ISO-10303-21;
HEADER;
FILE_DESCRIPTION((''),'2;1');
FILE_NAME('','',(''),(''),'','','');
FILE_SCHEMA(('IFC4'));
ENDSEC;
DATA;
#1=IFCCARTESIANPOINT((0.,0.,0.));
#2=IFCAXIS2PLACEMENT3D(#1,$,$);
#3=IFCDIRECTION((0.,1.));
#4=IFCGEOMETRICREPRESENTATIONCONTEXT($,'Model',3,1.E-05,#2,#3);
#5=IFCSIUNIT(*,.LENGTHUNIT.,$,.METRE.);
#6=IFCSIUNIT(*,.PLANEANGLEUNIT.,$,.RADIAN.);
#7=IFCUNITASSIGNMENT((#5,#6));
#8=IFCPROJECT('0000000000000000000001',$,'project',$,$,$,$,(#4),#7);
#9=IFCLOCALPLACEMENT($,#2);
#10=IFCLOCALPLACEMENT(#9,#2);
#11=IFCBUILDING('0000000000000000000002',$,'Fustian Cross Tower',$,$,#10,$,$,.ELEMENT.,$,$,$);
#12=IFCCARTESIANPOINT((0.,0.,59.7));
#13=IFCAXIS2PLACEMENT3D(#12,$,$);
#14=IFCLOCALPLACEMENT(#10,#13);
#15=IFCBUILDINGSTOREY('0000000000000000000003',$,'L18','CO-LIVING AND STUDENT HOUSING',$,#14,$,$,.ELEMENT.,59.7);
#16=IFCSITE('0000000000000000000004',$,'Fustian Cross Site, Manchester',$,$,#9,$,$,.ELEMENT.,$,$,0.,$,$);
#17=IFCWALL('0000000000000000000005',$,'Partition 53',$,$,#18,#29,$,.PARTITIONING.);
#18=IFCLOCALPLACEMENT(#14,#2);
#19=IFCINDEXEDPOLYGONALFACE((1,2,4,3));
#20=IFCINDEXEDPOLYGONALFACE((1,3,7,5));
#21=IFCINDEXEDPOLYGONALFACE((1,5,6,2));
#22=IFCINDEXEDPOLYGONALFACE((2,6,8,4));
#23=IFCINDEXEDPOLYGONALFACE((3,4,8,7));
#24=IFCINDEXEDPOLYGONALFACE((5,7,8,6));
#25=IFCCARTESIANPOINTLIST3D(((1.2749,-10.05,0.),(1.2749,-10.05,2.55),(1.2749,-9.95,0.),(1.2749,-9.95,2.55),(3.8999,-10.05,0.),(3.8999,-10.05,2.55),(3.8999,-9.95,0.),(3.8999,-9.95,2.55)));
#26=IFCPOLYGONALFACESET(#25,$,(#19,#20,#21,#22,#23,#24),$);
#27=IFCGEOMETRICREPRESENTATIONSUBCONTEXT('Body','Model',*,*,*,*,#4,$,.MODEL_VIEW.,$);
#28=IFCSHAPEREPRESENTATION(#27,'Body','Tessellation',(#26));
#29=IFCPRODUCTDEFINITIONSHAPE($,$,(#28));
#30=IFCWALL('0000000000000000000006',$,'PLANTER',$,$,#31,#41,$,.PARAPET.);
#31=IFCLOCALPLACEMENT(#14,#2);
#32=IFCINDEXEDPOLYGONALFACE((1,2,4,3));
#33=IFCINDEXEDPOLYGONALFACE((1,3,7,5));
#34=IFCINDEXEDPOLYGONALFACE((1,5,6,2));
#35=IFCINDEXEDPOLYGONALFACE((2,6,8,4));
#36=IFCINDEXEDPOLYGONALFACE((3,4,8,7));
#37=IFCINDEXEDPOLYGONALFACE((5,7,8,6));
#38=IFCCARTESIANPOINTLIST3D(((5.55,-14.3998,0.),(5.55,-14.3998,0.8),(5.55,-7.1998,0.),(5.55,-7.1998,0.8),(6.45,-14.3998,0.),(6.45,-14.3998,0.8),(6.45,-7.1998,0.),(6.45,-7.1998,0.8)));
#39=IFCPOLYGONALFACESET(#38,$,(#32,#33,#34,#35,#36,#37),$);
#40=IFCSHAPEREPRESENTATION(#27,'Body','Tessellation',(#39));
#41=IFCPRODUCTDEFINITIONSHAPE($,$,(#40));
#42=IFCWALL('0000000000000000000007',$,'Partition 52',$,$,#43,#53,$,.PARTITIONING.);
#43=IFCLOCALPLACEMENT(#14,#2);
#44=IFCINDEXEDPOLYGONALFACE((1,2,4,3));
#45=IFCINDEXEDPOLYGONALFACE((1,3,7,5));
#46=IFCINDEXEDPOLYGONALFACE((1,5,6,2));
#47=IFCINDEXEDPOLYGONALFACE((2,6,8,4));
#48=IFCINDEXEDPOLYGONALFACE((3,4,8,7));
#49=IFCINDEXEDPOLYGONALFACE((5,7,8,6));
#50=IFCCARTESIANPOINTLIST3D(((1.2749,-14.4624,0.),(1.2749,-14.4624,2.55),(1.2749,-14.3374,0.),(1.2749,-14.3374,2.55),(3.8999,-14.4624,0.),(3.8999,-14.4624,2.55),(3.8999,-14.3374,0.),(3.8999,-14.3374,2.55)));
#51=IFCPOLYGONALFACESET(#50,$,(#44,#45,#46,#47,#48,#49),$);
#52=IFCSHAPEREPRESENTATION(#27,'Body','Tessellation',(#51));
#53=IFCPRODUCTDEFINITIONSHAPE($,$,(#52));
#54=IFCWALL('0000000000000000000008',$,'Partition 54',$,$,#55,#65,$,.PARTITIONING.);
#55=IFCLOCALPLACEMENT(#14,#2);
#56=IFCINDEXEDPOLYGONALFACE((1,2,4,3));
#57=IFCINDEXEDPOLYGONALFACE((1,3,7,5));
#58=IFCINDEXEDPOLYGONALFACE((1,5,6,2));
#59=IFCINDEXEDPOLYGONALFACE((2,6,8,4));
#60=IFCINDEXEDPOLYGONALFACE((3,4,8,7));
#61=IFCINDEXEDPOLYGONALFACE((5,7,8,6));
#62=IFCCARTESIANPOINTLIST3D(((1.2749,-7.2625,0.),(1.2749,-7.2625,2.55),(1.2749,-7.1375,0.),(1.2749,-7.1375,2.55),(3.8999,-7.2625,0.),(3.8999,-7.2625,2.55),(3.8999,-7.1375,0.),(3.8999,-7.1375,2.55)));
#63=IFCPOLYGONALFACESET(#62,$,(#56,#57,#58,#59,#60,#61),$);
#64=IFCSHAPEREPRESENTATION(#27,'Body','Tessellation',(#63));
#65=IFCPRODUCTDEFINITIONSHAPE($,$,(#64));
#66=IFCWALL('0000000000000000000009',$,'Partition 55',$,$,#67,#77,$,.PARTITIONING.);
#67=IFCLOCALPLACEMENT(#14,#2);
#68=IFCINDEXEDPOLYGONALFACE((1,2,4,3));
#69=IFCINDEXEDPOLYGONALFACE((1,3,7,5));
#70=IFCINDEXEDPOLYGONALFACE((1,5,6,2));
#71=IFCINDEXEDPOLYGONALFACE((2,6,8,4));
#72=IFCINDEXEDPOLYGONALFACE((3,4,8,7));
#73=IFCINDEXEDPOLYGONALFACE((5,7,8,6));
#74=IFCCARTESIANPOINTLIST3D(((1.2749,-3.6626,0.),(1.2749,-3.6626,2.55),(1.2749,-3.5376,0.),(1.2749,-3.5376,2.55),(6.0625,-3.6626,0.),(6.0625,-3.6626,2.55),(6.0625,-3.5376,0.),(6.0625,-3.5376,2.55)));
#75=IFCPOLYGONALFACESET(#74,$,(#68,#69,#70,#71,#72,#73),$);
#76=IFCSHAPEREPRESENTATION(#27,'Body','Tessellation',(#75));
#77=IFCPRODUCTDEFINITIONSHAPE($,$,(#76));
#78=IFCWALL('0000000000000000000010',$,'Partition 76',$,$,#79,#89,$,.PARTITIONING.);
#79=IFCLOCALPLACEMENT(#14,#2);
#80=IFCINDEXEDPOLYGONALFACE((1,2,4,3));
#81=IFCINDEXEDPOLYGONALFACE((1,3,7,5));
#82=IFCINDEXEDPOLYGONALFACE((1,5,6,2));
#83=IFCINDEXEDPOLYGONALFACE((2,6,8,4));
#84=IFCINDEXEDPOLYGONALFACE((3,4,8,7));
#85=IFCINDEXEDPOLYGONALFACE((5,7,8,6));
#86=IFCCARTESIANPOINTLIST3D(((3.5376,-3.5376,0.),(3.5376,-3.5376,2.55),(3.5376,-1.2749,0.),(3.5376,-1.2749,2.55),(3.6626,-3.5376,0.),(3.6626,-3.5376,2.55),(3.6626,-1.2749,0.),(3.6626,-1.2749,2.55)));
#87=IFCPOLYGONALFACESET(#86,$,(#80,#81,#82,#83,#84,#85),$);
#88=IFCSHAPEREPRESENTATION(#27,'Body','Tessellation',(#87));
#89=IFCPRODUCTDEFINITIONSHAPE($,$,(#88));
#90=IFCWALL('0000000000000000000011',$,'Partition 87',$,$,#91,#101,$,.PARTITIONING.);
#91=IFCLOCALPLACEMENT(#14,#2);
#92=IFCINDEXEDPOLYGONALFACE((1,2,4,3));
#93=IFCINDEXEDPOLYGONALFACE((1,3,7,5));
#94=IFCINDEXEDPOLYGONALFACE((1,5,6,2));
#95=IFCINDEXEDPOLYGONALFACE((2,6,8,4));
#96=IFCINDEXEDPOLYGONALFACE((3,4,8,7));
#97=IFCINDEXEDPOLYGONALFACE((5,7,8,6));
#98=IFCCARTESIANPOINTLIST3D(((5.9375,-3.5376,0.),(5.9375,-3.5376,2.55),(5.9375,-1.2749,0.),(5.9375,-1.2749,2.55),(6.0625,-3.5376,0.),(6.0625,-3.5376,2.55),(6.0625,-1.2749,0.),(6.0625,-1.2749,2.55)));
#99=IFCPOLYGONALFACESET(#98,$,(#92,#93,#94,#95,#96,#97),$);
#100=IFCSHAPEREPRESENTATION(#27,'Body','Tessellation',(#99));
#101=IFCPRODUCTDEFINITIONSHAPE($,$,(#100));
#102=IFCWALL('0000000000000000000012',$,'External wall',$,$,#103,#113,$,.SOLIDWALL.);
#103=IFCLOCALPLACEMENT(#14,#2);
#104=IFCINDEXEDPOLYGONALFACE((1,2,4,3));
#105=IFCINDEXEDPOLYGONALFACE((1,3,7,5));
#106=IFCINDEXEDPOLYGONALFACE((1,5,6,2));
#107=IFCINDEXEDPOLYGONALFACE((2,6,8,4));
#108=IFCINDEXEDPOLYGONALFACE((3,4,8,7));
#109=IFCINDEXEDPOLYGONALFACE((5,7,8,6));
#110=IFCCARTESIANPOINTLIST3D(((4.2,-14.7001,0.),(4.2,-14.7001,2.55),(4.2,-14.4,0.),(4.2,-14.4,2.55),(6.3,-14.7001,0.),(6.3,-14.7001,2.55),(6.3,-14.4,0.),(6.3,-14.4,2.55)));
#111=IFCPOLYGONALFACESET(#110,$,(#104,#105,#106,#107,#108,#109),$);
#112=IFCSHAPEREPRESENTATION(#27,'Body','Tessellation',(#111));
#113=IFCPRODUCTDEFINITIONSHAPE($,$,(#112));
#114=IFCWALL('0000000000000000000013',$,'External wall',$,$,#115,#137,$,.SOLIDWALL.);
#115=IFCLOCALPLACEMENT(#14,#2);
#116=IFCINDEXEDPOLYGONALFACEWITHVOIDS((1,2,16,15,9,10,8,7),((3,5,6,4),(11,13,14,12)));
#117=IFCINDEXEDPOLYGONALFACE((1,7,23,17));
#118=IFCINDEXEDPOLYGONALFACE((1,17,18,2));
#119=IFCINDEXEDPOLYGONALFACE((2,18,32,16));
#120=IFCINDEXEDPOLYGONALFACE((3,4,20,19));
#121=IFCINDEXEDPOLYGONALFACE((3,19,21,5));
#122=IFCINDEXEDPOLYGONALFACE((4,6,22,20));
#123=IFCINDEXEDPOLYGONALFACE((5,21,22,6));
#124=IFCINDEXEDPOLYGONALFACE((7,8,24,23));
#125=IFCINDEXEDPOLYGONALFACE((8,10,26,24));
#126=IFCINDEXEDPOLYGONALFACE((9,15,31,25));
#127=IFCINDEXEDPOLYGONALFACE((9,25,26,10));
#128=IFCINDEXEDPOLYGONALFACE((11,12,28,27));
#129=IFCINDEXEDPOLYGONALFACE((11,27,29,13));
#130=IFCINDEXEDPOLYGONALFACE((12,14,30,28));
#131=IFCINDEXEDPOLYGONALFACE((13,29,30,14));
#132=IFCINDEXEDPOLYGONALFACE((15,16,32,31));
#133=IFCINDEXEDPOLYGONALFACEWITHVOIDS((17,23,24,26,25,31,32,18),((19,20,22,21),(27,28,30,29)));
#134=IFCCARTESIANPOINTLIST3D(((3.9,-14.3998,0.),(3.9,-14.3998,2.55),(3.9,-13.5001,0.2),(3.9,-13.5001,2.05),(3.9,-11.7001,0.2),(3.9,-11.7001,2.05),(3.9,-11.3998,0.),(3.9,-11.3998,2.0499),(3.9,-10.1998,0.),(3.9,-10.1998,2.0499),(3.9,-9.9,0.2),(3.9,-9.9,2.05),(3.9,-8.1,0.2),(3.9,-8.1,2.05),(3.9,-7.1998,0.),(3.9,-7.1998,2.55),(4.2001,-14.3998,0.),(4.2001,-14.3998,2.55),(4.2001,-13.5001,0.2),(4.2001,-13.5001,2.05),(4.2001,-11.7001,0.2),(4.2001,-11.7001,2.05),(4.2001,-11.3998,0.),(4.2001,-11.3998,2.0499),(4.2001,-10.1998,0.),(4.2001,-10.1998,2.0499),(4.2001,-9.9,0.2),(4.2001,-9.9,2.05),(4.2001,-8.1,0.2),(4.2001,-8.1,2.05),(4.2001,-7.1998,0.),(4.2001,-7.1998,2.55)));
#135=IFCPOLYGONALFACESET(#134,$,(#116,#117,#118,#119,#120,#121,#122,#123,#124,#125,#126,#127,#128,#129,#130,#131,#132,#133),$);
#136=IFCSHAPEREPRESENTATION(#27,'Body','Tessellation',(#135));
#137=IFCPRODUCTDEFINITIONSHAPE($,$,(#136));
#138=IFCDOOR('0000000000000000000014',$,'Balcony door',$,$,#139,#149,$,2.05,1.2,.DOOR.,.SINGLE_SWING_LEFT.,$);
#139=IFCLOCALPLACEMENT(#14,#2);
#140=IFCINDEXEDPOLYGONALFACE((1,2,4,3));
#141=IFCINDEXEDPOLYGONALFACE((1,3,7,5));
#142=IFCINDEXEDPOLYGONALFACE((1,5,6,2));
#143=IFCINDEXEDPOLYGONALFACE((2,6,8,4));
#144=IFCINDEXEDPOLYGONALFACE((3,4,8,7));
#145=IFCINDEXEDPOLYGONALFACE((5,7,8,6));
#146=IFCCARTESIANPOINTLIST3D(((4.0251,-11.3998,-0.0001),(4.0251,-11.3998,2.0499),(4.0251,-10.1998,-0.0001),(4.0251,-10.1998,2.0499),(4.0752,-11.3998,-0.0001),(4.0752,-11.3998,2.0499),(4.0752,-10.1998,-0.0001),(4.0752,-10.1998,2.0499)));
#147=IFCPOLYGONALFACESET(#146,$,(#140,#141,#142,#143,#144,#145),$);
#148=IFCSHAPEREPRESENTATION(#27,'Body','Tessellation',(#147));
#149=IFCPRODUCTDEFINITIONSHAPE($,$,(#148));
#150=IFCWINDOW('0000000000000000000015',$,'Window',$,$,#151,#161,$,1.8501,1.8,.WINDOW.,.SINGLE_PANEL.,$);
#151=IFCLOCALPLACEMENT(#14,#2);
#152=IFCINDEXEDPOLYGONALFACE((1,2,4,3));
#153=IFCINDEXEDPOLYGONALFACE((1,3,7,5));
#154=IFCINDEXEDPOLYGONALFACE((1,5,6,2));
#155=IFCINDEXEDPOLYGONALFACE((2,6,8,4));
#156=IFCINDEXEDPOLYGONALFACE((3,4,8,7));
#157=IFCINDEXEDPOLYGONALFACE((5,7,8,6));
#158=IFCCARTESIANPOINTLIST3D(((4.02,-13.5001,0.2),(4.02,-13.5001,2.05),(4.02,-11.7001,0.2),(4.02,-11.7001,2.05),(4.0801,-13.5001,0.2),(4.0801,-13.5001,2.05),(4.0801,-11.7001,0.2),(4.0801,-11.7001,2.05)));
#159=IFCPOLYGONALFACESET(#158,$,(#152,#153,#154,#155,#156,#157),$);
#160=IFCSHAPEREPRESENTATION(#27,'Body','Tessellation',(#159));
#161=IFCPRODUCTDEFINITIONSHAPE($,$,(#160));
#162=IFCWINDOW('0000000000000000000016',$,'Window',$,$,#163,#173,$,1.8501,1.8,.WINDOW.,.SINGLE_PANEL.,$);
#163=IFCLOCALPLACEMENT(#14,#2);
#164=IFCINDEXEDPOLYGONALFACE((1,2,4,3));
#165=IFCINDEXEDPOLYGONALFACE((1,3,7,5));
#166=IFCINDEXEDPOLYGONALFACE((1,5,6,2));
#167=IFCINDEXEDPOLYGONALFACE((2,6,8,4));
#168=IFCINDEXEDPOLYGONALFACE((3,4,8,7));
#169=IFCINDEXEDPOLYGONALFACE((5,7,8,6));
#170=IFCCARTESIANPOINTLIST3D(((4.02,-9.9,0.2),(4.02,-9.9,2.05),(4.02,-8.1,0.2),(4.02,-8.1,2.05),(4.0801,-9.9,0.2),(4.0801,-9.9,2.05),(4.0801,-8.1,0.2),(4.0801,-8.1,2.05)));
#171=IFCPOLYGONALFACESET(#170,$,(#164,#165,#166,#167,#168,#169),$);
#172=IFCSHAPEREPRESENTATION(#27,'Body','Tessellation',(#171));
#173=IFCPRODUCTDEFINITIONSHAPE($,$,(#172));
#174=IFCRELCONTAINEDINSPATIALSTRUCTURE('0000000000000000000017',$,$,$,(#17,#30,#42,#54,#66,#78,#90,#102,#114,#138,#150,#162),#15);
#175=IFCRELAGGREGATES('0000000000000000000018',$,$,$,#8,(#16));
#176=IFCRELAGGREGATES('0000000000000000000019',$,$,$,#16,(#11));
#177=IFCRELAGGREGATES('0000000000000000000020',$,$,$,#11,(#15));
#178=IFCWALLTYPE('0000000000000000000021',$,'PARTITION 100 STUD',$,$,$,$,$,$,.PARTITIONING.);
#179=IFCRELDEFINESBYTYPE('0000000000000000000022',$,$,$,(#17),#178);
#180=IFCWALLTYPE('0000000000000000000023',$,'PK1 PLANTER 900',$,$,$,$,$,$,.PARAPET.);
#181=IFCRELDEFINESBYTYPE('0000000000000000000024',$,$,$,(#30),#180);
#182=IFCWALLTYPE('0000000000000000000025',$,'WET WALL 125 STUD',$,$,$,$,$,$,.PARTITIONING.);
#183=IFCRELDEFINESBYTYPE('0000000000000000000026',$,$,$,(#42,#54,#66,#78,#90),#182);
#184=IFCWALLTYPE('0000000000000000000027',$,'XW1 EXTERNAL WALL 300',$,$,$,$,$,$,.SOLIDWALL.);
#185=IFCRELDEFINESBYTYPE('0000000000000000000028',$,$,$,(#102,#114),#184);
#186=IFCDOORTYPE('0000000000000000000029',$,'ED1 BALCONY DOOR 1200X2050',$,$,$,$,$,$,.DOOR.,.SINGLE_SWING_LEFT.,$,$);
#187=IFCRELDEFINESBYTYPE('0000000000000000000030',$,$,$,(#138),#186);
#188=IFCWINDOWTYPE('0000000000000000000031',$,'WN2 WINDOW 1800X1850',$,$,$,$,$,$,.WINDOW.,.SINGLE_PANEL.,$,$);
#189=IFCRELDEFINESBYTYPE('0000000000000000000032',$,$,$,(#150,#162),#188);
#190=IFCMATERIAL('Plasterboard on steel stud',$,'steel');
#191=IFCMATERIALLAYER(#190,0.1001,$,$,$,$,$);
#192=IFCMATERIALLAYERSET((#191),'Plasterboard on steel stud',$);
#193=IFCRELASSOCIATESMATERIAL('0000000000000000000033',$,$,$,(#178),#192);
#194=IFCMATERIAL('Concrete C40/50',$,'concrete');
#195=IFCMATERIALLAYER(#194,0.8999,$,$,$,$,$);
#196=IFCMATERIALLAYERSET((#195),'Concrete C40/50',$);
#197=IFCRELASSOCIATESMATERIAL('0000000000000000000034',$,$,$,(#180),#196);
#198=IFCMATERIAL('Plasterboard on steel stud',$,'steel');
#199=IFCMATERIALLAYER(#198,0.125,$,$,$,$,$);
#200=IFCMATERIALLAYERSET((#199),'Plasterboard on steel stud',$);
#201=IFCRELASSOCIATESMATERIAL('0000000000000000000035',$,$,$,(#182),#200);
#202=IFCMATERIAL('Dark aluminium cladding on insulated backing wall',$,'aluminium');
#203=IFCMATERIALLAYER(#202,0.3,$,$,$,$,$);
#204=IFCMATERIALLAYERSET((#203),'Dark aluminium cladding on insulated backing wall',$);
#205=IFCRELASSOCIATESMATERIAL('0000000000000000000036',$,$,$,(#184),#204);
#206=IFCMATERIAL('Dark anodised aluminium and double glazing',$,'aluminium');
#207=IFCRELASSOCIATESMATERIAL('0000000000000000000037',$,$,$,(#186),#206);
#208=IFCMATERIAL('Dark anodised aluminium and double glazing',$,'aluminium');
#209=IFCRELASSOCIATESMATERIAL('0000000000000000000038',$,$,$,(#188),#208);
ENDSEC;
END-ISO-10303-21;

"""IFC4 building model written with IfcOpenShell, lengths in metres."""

from ifc_helpers import new_model, si_unit, direction, frame, frame_2d, origin, place, context, subcontext, project, spatial, rectangle, extrude, material, layer, layer_set, type_object, element, fill, save


model = new_model("IFC4")

# Units and contexts
model_context = context("Model", 3, precision=1e-05, world=origin(), true_north=direction((0.0, 1.0)))
body_context = subcontext(model_context, "Body", "Model", "MODEL_VIEW")
ifc_project = project(units=[si_unit("LENGTHUNIT", "METRE"), si_unit("PLANEANGLEUNIT", "RADIAN")], contexts=[model_context])

# Site, building, storey
site_placement = place(None, origin())
site = spatial("IfcSite", under=ifc_project, at=site_placement, Name="Fustian Cross Site, Manchester", CompositionType="ELEMENT", RefElevation=0.0)
building_placement = place(site_placement, origin())
building = spatial("IfcBuilding", under=site, at=building_placement, Name="Fustian Cross Tower", CompositionType="ELEMENT")
storey_placement = place(building_placement, frame((0.0, 0.0, 59.7)))
storey = spatial("IfcBuildingStorey", under=building, at=storey_placement, Name="L18", Description="CO-LIVING AND STUDENT HOUSING", CompositionType="ELEMENT", Elevation=59.7)

# Walls
ifc_material_1 = material(Name="Plasterboard on steel stud", Category="steel")
ifc_layer_1 = layer(ifc_material_1, 0.1001)
ifc_layer_set_1 = layer_set([ifc_layer_1], Name="Plasterboard on steel stud")
wall_type_1 = type_object("IfcWallType", Name="PARTITION 100 STUD", PredefinedType="PARTITIONING", material=ifc_layer_set_1)
wall_1_placement = place(storey_placement, frame((1.2749, -10.0, 0.0), z_axis=(0.0, 0.0, 1.0), x_axis=(1.0, 0.0, 0.0)))
element("IfcWall", 1, at=wall_1_placement, inside=storey, type_object=wall_type_1, Name="Partition 53", PredefinedType="PARTITIONING", context=body_context, shape_type="SweptSolid", body=[
    extrude(rectangle(XDim=2.625, YDim=0.1001, at=frame_2d((1.3125, 0.0))), origin(), (0.0, 0.0, 1.0), 2.55),
])
ifc_material_2 = material(Name="Concrete C40/50", Category="concrete")
ifc_layer_2 = layer(ifc_material_2, 0.8999)
ifc_layer_set_2 = layer_set([ifc_layer_2], Name="Concrete C40/50")
wall_type_2 = type_object("IfcWallType", Name="PK1 PLANTER 900", PredefinedType="PARAPET", material=ifc_layer_set_2)
wall_2_placement = place(storey_placement, frame((6.0, -14.3999, 0.0), z_axis=(0.0, 0.0, 1.0), x_axis=(0.0, 1.0, 0.0)))
element("IfcWall", 2, at=wall_2_placement, inside=storey, type_object=wall_type_2, Name="PLANTER", PredefinedType="PARAPET", context=body_context, shape_type="SweptSolid", body=[
    extrude(rectangle(XDim=7.2, YDim=0.8999, at=frame_2d((3.6001, 0.0))), origin(), (0.0, 0.0, 1.0), 0.8),
])
ifc_material_3 = material(Name="Plasterboard on steel stud", Category="steel")
ifc_layer_3 = layer(ifc_material_3, 0.125)
ifc_layer_set_3 = layer_set([ifc_layer_3], Name="Plasterboard on steel stud")
wall_type_3 = type_object("IfcWallType", Name="WET WALL 125 STUD", PredefinedType="PARTITIONING", material=ifc_layer_set_3)
for number, where, z_axis, x_axis, name in (
    (3, (1.2749, -14.3999, 0.0), (0.0, 0.0, 1.0), (1.0, 0.0, 0.0), "Partition 52"),
    (4, (1.2749, -7.2, 0.0), (0.0, 0.0, 1.0), (1.0, 0.0, 0.0), "Partition 54"),
):
    element("IfcWall", number, at=place(storey_placement, frame(where, z_axis=z_axis, x_axis=x_axis)), inside=storey, type_object=wall_type_3, Name=name, PredefinedType="PARTITIONING", context=body_context, shape_type="SweptSolid", body=[
        extrude(rectangle(XDim=2.625, YDim=0.125, at=frame_2d((1.3125, 0.0))), origin(), (0.0, 0.0, 1.0), 2.55),
    ])
wall_3_placement = place(storey_placement, frame((1.2749, -3.6001, 0.0), z_axis=(0.0, 0.0, 1.0), x_axis=(1.0, 0.0, 0.0)))
element("IfcWall", 5, at=wall_3_placement, inside=storey, type_object=wall_type_3, Name="Partition 55", PredefinedType="PARTITIONING", context=body_context, shape_type="SweptSolid", body=[
    extrude(rectangle(XDim=4.7876, YDim=0.125, at=frame_2d((2.3938, 0.0))), origin(), (0.0, 0.0, 1.0), 2.55),
])
for number, where, z_axis, x_axis, name in (
    (6, (3.6001, -3.5376, 0.0), (0.0, 0.0, 1.0), (0.0, 1.0, 0.0), "Partition 76"),
    (7, (6.0, -3.5376, 0.0), (0.0, 0.0, 1.0), (0.0, 1.0, 0.0), "Partition 87"),
):
    element("IfcWall", number, at=place(storey_placement, frame(where, z_axis=z_axis, x_axis=x_axis)), inside=storey, type_object=wall_type_3, Name=name, PredefinedType="PARTITIONING", context=body_context, shape_type="SweptSolid", body=[
        extrude(rectangle(XDim=2.2627, YDim=0.125, at=frame_2d((1.1313, 0.0))), origin(), (0.0, 0.0, 1.0), 2.55),
    ])
ifc_material_4 = material(Name="Dark aluminium cladding on insulated backing wall", Category="aluminium")
ifc_layer_4 = layer(ifc_material_4, 0.3)
ifc_layer_set_4 = layer_set([ifc_layer_4], Name="Dark aluminium cladding on insulated backing wall")
wall_type_4 = type_object("IfcWallType", Name="XW1 EXTERNAL WALL 300", PredefinedType="SOLIDWALL", material=ifc_layer_set_4)
wall_4_placement = place(storey_placement, frame((6.3, -14.55, 0.0), z_axis=(0.0, 0.0, 1.0), x_axis=(-1.0, 0.0, 0.0)))
element("IfcWall", 8, at=wall_4_placement, inside=storey, type_object=wall_type_4, Name="External wall", PredefinedType="SOLIDWALL", context=body_context, shape_type="SweptSolid", body=[
    extrude(rectangle(XDim=2.1001, YDim=0.3, at=frame_2d((1.05, 0.0))), origin(), (0.0, 0.0, 1.0), 2.55),
])

# Wall, openings, door, windows
wall_5_placement = place(storey_placement, frame((4.05, -14.3999, 0.0), z_axis=(0.0, 0.0, 1.0), x_axis=(0.0, 1.0, 0.0)))
wall_5 = element("IfcWall", 9, at=wall_5_placement, inside=storey, type_object=wall_type_4, Name="External wall", PredefinedType="SOLIDWALL", context=body_context, shape_type="SweptSolid", body=[
    extrude(rectangle(XDim=7.2, YDim=0.3, at=frame_2d((3.6001, 0.0))), origin(), (0.0, 0.0, 1.0), 2.55),
])
opening_1_placement = place(wall_5_placement, frame((3.0, 0.0, 0.0)))
opening_1 = element("IfcOpeningElement", 10, at=opening_1_placement, cuts=wall_5, PredefinedType="OPENING", context=body_context, shape_type="SweptSolid", body=[
    extrude(rectangle(XDim=1.2, YDim=2.05, at=frame_2d((0.6001, 1.0249))), frame((0.0, 0.1599, 0.0), z_axis=(0.0, -1.0, 0.0), x_axis=(1.0, 0.0, 0.0)), (0.0, 0.0, 1.0), 0.3201),
])
opening_2_placement = place(wall_5_placement, frame((0.8999, 0.0, 0.2)))
opening_2 = element("IfcOpeningElement", 11, at=opening_2_placement, cuts=wall_5, PredefinedType="OPENING", context=body_context, shape_type="SweptSolid", body=[
    extrude(rectangle(XDim=1.8, YDim=1.8501, at=frame_2d((0.8999, 0.925))), frame((0.0, 0.1599, 0.0), z_axis=(0.0, -1.0, 0.0), x_axis=(1.0, 0.0, 0.0)), (0.0, 0.0, 1.0), 0.3201),
])
opening_3_placement = place(wall_5_placement, frame((4.5, 0.0, 0.2)))
opening_3 = element("IfcOpeningElement", 12, at=opening_3_placement, cuts=wall_5, PredefinedType="OPENING", context=body_context, shape_type="SweptSolid", body=[
    extrude(rectangle(XDim=1.8, YDim=1.8501, at=frame_2d((0.8999, 0.925))), frame((0.0, 0.1599, 0.0), z_axis=(0.0, -1.0, 0.0), x_axis=(1.0, 0.0, 0.0)), (0.0, 0.0, 1.0), 0.3201),
])
ifc_material_5 = material(Name="Dark anodised aluminium and double glazing", Category="aluminium")
door_type_1 = type_object("IfcDoorType", Name="ED1 BALCONY DOOR 1200X2050", OperationType="SINGLE_SWING_LEFT", PredefinedType="DOOR", material=ifc_material_5)
door_1_placement = place(opening_1_placement, origin())
door_1 = element("IfcDoor", 13, at=door_1_placement, inside=storey, type_object=door_type_1, Name="Balcony door", OperationType="SINGLE_SWING_LEFT", OverallHeight=2.05, OverallWidth=1.2, PredefinedType="DOOR", context=body_context, shape_type="SweptSolid", body=[
    extrude(rectangle(XDim=1.2, YDim=2.05, at=frame_2d((0.6001, 1.0249))), frame((0.0, 0.0249, 0.0), z_axis=(0.0, -1.0, 0.0), x_axis=(1.0, 0.0, 0.0)), (0.0, 0.0, 1.0), 0.05),
])
fill(opening_1, door_1)
ifc_material_6 = material(Name="Dark anodised aluminium and double glazing", Category="aluminium")
window_type = type_object("IfcWindowType", Name="WN2 WINDOW 1800X1850", PartitioningType="SINGLE_PANEL", PredefinedType="WINDOW", material=ifc_material_6)
window_1_placement = place(opening_2_placement, origin())
window_1 = element("IfcWindow", 14, at=window_1_placement, inside=storey, type_object=window_type, Name="Window", OverallHeight=1.8501, OverallWidth=1.8, PartitioningType="SINGLE_PANEL", PredefinedType="WINDOW", context=body_context, shape_type="SweptSolid", body=[
    extrude(rectangle(XDim=1.8, YDim=1.8501, at=frame_2d((0.8999, 0.925))), frame((0.0, 0.03, 0.0), z_axis=(0.0, -1.0, 0.0), x_axis=(1.0, 0.0, 0.0)), (0.0, 0.0, 1.0), 0.0601),
])
fill(opening_2, window_1)
window_2_placement = place(opening_3_placement, origin())
window_2 = element("IfcWindow", 15, at=window_2_placement, inside=storey, type_object=window_type, Name="Window", OverallHeight=1.8501, OverallWidth=1.8, PartitioningType="SINGLE_PANEL", PredefinedType="WINDOW", context=body_context, shape_type="SweptSolid", body=[
    extrude(rectangle(XDim=1.8, YDim=1.8501, at=frame_2d((0.8999, 0.925))), frame((0.0, 0.03, 0.0), z_axis=(0.0, -1.0, 0.0), x_axis=(1.0, 0.0, 0.0)), (0.0, 0.0, 1.0), 0.0601),
])
fill(opening_3, window_2)

save(model, "model.ifc")
